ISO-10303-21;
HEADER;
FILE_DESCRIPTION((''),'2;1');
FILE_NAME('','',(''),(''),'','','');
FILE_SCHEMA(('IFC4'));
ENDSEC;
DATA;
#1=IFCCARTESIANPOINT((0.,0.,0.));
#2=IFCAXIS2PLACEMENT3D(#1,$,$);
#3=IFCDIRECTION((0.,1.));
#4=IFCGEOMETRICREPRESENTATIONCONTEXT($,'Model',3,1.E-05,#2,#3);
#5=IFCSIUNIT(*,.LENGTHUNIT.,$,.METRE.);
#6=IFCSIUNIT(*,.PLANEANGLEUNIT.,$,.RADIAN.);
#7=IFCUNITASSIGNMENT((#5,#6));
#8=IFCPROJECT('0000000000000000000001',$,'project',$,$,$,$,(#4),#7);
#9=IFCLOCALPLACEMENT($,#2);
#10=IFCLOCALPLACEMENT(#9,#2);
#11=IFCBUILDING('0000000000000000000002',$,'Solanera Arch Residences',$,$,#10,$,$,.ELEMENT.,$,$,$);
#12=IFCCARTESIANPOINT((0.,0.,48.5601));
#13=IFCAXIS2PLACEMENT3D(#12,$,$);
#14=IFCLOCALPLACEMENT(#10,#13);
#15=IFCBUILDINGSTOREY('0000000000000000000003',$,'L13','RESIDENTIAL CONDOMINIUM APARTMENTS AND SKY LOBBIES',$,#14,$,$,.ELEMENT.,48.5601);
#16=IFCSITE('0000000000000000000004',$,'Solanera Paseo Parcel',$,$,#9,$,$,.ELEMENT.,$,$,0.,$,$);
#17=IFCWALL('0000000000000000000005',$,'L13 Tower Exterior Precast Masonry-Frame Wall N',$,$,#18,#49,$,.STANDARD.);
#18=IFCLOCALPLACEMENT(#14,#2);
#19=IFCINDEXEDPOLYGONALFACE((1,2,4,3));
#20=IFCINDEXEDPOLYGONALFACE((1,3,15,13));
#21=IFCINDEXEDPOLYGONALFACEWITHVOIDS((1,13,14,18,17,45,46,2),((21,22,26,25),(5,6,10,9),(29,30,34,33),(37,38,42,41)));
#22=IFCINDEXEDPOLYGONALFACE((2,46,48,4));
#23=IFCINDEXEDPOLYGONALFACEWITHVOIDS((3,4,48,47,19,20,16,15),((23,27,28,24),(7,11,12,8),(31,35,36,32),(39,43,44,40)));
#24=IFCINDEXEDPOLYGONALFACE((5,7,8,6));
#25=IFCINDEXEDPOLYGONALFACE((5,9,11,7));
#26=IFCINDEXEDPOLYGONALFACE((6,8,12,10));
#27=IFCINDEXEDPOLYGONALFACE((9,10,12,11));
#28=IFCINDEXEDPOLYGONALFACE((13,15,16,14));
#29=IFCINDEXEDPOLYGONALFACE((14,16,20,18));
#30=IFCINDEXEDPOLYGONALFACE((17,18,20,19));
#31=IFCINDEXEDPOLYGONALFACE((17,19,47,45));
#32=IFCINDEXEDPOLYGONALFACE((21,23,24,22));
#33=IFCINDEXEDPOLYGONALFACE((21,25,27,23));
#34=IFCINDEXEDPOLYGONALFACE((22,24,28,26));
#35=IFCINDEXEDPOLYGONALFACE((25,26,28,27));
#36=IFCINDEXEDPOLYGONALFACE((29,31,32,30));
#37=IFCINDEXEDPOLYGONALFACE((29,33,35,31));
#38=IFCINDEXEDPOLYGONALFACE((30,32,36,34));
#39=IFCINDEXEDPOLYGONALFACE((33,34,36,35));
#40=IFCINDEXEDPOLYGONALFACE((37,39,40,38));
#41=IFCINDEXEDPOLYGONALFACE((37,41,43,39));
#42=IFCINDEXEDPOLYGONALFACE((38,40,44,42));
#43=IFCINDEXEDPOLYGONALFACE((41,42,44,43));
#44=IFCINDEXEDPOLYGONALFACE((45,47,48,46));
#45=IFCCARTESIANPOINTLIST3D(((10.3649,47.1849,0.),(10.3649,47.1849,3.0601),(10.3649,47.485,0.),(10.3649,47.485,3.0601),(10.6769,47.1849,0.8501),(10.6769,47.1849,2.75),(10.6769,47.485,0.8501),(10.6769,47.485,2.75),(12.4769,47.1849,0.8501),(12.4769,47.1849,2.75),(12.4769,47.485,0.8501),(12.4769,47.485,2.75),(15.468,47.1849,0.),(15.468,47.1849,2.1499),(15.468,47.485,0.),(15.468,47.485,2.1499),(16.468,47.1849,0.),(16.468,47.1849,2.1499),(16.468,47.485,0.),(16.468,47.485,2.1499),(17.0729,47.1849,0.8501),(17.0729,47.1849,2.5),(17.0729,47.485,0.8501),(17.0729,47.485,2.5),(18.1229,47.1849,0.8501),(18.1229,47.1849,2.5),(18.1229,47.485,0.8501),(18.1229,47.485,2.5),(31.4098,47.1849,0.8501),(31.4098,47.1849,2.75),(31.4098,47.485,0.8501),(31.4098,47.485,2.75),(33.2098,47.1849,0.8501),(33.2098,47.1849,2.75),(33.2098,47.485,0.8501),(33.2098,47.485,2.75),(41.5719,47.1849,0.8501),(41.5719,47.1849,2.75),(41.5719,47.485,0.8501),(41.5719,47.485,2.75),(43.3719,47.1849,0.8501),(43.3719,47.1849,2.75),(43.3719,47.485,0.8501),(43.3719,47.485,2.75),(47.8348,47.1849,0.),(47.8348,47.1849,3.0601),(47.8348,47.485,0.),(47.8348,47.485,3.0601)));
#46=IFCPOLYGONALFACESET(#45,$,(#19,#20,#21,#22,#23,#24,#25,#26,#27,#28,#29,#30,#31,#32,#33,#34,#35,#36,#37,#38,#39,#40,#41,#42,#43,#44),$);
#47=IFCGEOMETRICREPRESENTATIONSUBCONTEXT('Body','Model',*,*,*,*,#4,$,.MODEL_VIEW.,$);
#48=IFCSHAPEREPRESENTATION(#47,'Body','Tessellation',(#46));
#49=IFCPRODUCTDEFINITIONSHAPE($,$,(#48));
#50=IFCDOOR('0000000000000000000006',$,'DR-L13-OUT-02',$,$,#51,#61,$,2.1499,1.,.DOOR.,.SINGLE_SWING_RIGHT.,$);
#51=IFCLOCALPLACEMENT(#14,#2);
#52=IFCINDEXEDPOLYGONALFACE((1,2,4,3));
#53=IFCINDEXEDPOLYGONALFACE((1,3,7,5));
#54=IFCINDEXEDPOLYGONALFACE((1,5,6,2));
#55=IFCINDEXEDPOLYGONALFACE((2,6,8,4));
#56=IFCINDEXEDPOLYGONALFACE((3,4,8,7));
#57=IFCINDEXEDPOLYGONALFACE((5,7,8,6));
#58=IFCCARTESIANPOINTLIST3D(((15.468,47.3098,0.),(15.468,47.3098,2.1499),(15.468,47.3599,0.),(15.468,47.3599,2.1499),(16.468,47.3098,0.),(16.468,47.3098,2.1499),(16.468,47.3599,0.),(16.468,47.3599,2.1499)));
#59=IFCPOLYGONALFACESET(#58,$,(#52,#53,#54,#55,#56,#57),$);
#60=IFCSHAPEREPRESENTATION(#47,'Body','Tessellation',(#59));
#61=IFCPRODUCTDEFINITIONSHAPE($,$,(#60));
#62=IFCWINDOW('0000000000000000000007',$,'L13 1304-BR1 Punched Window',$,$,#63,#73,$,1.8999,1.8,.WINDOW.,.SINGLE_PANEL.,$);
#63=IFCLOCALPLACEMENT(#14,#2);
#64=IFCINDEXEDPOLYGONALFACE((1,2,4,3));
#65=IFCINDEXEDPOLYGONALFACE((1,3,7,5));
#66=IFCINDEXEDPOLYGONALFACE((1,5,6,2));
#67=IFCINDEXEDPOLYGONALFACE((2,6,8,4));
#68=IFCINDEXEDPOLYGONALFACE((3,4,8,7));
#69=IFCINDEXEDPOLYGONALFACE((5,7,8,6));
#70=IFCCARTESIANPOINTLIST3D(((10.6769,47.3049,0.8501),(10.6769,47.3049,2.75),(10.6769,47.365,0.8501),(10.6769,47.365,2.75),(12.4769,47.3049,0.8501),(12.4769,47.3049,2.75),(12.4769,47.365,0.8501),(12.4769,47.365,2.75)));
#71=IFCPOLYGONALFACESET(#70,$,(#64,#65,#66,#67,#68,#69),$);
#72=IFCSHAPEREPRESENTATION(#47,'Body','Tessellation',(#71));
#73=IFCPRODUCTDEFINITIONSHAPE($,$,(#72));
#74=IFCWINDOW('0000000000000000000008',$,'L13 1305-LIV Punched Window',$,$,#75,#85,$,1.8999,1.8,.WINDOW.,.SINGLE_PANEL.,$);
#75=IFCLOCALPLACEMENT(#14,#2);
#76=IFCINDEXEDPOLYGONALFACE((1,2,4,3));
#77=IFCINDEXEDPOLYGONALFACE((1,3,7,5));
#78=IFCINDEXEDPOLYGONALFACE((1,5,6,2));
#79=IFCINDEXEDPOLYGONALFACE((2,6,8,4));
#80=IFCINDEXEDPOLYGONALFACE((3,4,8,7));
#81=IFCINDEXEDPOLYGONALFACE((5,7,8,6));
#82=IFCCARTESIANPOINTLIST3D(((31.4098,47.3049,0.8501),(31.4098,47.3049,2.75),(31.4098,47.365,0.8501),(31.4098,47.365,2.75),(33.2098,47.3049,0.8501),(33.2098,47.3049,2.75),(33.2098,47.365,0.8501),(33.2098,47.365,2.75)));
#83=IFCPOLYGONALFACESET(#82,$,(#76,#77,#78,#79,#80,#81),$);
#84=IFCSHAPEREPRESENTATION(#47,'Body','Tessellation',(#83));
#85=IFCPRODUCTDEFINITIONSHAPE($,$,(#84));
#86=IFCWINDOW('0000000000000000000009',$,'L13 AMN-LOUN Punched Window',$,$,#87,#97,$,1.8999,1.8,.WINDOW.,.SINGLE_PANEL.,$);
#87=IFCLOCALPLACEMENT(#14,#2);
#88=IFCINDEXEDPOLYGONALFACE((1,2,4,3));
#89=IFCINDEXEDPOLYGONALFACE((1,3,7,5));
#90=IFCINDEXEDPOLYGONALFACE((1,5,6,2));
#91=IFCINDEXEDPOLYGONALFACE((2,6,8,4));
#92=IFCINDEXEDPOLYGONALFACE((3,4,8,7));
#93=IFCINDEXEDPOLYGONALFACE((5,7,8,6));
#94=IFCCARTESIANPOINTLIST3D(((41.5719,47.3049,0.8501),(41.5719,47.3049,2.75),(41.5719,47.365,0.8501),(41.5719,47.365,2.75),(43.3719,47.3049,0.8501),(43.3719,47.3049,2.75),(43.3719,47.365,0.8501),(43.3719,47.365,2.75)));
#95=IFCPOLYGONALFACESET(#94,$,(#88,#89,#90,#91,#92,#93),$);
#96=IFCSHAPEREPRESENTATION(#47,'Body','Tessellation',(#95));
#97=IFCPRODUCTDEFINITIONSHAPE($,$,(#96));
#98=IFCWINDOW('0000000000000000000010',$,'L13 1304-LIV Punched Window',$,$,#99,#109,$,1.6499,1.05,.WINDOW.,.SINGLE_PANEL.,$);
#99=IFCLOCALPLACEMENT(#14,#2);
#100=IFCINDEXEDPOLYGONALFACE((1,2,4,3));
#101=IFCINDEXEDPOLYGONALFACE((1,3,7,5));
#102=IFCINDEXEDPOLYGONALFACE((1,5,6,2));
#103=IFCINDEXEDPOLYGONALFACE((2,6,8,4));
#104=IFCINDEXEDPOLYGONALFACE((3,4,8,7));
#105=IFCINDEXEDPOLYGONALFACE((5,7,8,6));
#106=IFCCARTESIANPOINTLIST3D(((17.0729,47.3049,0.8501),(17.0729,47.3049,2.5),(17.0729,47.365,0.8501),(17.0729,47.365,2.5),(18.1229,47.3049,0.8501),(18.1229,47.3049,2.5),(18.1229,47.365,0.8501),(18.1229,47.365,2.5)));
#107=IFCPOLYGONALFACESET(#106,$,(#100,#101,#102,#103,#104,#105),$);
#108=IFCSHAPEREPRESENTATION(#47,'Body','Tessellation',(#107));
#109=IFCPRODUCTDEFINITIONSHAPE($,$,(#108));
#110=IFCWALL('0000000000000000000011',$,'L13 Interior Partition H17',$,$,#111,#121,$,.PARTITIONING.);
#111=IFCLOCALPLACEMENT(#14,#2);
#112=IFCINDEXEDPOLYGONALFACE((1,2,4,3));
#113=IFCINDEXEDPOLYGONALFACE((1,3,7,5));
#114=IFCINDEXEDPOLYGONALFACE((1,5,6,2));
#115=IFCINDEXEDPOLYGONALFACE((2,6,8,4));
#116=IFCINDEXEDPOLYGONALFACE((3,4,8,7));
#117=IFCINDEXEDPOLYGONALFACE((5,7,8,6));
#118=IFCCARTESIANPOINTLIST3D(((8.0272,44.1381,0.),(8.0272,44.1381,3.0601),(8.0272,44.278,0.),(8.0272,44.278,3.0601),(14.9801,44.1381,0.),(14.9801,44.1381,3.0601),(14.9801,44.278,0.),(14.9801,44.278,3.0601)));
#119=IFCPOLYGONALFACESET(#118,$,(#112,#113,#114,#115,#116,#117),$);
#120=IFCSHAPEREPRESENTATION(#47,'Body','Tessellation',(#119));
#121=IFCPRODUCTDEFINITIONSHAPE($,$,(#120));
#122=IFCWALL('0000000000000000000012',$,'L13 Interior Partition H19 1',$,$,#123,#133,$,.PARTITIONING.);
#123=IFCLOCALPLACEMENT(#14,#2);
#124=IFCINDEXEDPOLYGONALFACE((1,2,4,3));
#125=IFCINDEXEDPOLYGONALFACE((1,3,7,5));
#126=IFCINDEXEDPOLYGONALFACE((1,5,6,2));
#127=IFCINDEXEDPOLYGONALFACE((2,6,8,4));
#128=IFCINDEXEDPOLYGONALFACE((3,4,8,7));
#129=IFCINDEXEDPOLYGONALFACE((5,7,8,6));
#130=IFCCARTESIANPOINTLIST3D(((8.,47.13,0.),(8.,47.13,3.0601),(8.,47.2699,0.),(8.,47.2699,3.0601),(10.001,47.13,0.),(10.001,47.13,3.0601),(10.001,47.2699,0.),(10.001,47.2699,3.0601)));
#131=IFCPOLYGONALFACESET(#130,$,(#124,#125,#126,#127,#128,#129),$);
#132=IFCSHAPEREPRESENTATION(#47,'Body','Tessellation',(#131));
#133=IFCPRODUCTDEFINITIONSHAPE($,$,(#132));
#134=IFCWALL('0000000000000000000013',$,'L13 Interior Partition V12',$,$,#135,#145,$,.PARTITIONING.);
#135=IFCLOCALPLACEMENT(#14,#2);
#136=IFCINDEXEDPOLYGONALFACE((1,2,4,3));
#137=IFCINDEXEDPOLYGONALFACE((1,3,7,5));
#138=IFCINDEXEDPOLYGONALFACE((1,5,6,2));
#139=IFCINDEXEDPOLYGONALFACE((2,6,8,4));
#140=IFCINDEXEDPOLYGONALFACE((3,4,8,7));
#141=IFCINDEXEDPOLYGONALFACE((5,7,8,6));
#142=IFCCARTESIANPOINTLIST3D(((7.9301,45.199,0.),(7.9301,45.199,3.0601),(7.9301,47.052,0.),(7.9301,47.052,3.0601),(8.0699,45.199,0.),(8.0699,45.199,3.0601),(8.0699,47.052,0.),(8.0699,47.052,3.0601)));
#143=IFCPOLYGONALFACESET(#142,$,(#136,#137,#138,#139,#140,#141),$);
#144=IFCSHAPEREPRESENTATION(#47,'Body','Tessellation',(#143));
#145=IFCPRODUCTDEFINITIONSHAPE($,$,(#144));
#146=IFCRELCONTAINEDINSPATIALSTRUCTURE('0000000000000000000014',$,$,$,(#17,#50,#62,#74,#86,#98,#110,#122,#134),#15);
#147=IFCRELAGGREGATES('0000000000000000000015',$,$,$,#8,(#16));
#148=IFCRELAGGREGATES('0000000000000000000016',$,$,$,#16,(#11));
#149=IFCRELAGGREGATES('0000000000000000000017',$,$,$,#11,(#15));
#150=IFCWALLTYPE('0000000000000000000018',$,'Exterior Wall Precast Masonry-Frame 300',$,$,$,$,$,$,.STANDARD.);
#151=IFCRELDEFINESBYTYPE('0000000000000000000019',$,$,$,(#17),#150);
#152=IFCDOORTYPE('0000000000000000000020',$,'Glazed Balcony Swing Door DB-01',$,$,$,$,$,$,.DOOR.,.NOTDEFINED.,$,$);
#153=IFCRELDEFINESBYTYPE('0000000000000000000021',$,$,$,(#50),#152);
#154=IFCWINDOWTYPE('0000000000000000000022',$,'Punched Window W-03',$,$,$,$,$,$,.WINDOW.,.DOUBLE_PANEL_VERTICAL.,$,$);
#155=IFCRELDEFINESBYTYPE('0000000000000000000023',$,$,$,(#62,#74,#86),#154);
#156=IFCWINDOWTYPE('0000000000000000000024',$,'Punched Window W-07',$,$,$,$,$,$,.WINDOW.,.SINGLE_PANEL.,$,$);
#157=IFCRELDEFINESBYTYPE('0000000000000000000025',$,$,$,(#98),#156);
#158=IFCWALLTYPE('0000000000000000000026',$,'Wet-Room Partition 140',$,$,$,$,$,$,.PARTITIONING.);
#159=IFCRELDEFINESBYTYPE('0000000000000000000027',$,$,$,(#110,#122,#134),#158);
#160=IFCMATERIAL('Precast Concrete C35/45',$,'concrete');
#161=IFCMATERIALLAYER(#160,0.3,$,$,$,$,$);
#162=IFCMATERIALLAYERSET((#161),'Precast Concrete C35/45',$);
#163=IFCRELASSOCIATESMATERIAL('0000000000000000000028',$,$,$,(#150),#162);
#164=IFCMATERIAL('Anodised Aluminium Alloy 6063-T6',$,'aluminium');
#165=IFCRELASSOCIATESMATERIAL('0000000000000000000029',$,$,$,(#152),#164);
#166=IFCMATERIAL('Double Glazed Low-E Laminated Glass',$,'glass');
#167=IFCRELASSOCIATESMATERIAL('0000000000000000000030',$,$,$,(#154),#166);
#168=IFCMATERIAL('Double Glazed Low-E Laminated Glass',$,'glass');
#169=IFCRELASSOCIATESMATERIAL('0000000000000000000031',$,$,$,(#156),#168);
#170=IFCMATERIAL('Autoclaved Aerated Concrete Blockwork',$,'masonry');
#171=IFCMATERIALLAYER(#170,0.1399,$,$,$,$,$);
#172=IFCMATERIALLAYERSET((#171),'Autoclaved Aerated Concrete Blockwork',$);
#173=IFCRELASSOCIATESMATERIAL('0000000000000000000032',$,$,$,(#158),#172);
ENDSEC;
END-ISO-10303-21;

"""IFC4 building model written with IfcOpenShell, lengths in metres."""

from ifc_helpers import new_model, si_unit, direction, frame, frame_2d, origin, place, context, subcontext, project, spatial, rectangle, extrude, material, layer, layer_set, type_object, element, fill, save


model = new_model("IFC4")

# Units and contexts
model_context = context("Model", 3, precision=1e-05, world=origin(), true_north=direction((0.0, 1.0)))
body_context = subcontext(model_context, "Body", "Model", "MODEL_VIEW")
ifc_project = project(units=[si_unit("LENGTHUNIT", "METRE"), si_unit("PLANEANGLEUNIT", "RADIAN")], contexts=[model_context])

# Site, building, storey
site_placement = place(None, origin())
site = spatial("IfcSite", under=ifc_project, at=site_placement, Name="Solanera Paseo Parcel", CompositionType="ELEMENT", RefElevation=0.0)
building_placement = place(site_placement, origin())
building = spatial("IfcBuilding", under=site, at=building_placement, Name="Solanera Arch Residences", CompositionType="ELEMENT")
storey_placement = place(building_placement, frame((0.0, 0.0, 48.5601)))
storey = spatial("IfcBuildingStorey", under=building, at=storey_placement, Name="L13", Description="RESIDENTIAL CONDOMINIUM APARTMENTS AND SKY LOBBIES", CompositionType="ELEMENT", Elevation=48.5601)

# Shared definitions
ifc_material_1 = material(Name="Precast Concrete C35/45", Category="concrete")
ifc_layer_1 = layer(ifc_material_1, 0.3)
ifc_layer_set_1 = layer_set([ifc_layer_1], Name="Precast Concrete C35/45")
wall_type_1 = type_object("IfcWallType", Name="Exterior Wall Precast Masonry-Frame 300", PredefinedType="STANDARD", material=ifc_layer_set_1)

# Wall, openings, door, windows
wall_1_placement = place(storey_placement, frame((10.365, 47.335, 0.0), z_axis=(0.0, 0.0, 1.0), x_axis=(1.0, 0.0, 0.0)))
wall_1 = element("IfcWall", 1, at=wall_1_placement, inside=storey, type_object=wall_type_1, Name="L13 Tower Exterior Precast Masonry-Frame Wall N", PredefinedType="STANDARD", context=body_context, shape_type="SweptSolid", body=[
    extrude(rectangle(XDim=37.47, YDim=0.3, at=frame_2d((18.7349, 0.0))), origin(), (0.0, 0.0, 1.0), 3.0601),
])
opening_1_placement = place(wall_1_placement, frame((5.103, 0.0, 0.0)))
opening_1 = element("IfcOpeningElement", 2, at=opening_1_placement, cuts=wall_1, PredefinedType="OPENING", context=body_context, shape_type="SweptSolid", body=[
    extrude(rectangle(XDim=1.0, YDim=2.1499, at=frame_2d((0.5, 1.075))), frame((0.0, 0.1599, 0.0), z_axis=(0.0, -1.0, 0.0), x_axis=(1.0, 0.0, 0.0)), (0.0, 0.0, 1.0), 0.32),
])
opening_2_placement = place(wall_1_placement, frame((6.708, 0.0, 0.8501)))
opening_2 = element("IfcOpeningElement", 3, at=opening_2_placement, cuts=wall_1, PredefinedType="OPENING", context=body_context, shape_type="SweptSolid", body=[
    extrude(rectangle(XDim=1.05, YDim=1.6499, at=frame_2d((0.5249, 0.825))), frame((0.0, 0.1599, 0.0), z_axis=(0.0, -1.0, 0.0), x_axis=(1.0, 0.0, 0.0)), (0.0, 0.0, 1.0), 0.32),
])
opening_3_placement = place(wall_1_placement, frame((0.312, 0.0, 0.8501)))
opening_3 = element("IfcOpeningElement", 4, at=opening_3_placement, cuts=wall_1, PredefinedType="OPENING", context=body_context, shape_type="SweptSolid", body=[
    extrude(rectangle(XDim=1.8, YDim=1.8999, at=frame_2d((0.8999, 0.95))), frame((0.0, 0.1599, 0.0), z_axis=(0.0, -1.0, 0.0), x_axis=(1.0, 0.0, 0.0)), (0.0, 0.0, 1.0), 0.32),
])
opening_4_placement = place(wall_1_placement, frame((21.0449, 0.0, 0.8501)))
opening_4 = element("IfcOpeningElement", 5, at=opening_4_placement, cuts=wall_1, PredefinedType="OPENING", context=body_context, shape_type="SweptSolid", body=[
    extrude(rectangle(XDim=1.8, YDim=1.8999, at=frame_2d((0.8999, 0.95))), frame((0.0, 0.1599, 0.0), z_axis=(0.0, -1.0, 0.0), x_axis=(1.0, 0.0, 0.0)), (0.0, 0.0, 1.0), 0.32),
])
opening_5_placement = place(wall_1_placement, frame((31.207, 0.0, 0.8501)))
opening_5 = element("IfcOpeningElement", 6, at=opening_5_placement, cuts=wall_1, PredefinedType="OPENING", context=body_context, shape_type="SweptSolid", body=[
    extrude(rectangle(XDim=1.8, YDim=1.8999, at=frame_2d((0.8999, 0.95))), frame((0.0, 0.1599, 0.0), z_axis=(0.0, -1.0, 0.0), x_axis=(1.0, 0.0, 0.0)), (0.0, 0.0, 1.0), 0.32),
])
ifc_material_2 = material(Name="Anodised Aluminium Alloy 6063-T6", Category="aluminium")
door_type_1 = type_object("IfcDoorType", Name="Glazed Balcony Swing Door DB-01", OperationType="NOTDEFINED", PredefinedType="DOOR", material=ifc_material_2)
door_1_placement = place(opening_1_placement, origin())
door_1 = element("IfcDoor", 7, at=door_1_placement, inside=storey, type_object=door_type_1, Name="DR-L13-OUT-02", OperationType="SINGLE_SWING_RIGHT", OverallHeight=2.1499, OverallWidth=1.0, PredefinedType="DOOR", context=body_context, shape_type="SweptSolid", body=[
    extrude(rectangle(XDim=1.0, YDim=2.1499, at=frame_2d((0.5, 1.075))), frame((0.0, 0.0249, 0.0), z_axis=(0.0, -1.0, 0.0), x_axis=(1.0, 0.0, 0.0)), (0.0, 0.0, 1.0), 0.05),
])
fill(opening_1, door_1)
ifc_material_3 = material(Name="Double Glazed Low-E Laminated Glass", Category="glass")
window_type_1 = type_object("IfcWindowType", Name="Punched Window W-03", PartitioningType="DOUBLE_PANEL_VERTICAL", PredefinedType="WINDOW", material=ifc_material_3)
window_1_placement = place(opening_3_placement, origin())
window_1 = element("IfcWindow", 8, at=window_1_placement, inside=storey, type_object=window_type_1, Name="L13 1304-BR1 Punched Window", OverallHeight=1.8999, OverallWidth=1.8, PartitioningType="SINGLE_PANEL", PredefinedType="WINDOW", context=body_context, shape_type="SweptSolid", body=[
    extrude(rectangle(XDim=1.8, YDim=1.8999, at=frame_2d((0.8999, 0.95))), frame((0.0, 0.03, 0.0), z_axis=(0.0, -1.0, 0.0), x_axis=(1.0, 0.0, 0.0)), (0.0, 0.0, 1.0), 0.0601),
])
fill(opening_3, window_1)
window_2_placement = place(opening_4_placement, origin())
window_2 = element("IfcWindow", 9, at=window_2_placement, inside=storey, type_object=window_type_1, Name="L13 1305-LIV Punched Window", OverallHeight=1.8999, OverallWidth=1.8, PartitioningType="SINGLE_PANEL", PredefinedType="WINDOW", context=body_context, shape_type="SweptSolid", body=[
    extrude(rectangle(XDim=1.8, YDim=1.8999, at=frame_2d((0.8999, 0.95))), frame((0.0, 0.03, 0.0), z_axis=(0.0, -1.0, 0.0), x_axis=(1.0, 0.0, 0.0)), (0.0, 0.0, 1.0), 0.0601),
])
fill(opening_4, window_2)
window_3_placement = place(opening_5_placement, origin())
window_3 = element("IfcWindow", 10, at=window_3_placement, inside=storey, type_object=window_type_1, Name="L13 AMN-LOUN Punched Window", OverallHeight=1.8999, OverallWidth=1.8, PartitioningType="SINGLE_PANEL", PredefinedType="WINDOW", context=body_context, shape_type="SweptSolid", body=[
    extrude(rectangle(XDim=1.8, YDim=1.8999, at=frame_2d((0.8999, 0.95))), frame((0.0, 0.03, 0.0), z_axis=(0.0, -1.0, 0.0), x_axis=(1.0, 0.0, 0.0)), (0.0, 0.0, 1.0), 0.0601),
])
fill(opening_5, window_3)
ifc_material_4 = material(Name="Double Glazed Low-E Laminated Glass", Category="glass")
window_type_2 = type_object("IfcWindowType", Name="Punched Window W-07", PartitioningType="SINGLE_PANEL", PredefinedType="WINDOW", material=ifc_material_4)
window_4_placement = place(opening_2_placement, origin())
window_4 = element("IfcWindow", 11, at=window_4_placement, inside=storey, type_object=window_type_2, Name="L13 1304-LIV Punched Window", OverallHeight=1.6499, OverallWidth=1.05, PartitioningType="SINGLE_PANEL", PredefinedType="WINDOW", context=body_context, shape_type="SweptSolid", body=[
    extrude(rectangle(XDim=1.05, YDim=1.6499, at=frame_2d((0.5249, 0.825))), frame((0.0, 0.03, 0.0), z_axis=(0.0, -1.0, 0.0), x_axis=(1.0, 0.0, 0.0)), (0.0, 0.0, 1.0), 0.0601),
])
fill(opening_2, window_4)

# Walls
ifc_material_5 = material(Name="Autoclaved Aerated Concrete Blockwork", Category="masonry")
ifc_layer_2 = layer(ifc_material_5, 0.1399)
ifc_layer_set_2 = layer_set([ifc_layer_2], Name="Autoclaved Aerated Concrete Blockwork")
wall_type_2 = type_object("IfcWallType", Name="Wet-Room Partition 140", PredefinedType="PARTITIONING", material=ifc_layer_set_2)
wall_2_placement = place(storey_placement, frame((8.0271, 44.208, 0.0), z_axis=(0.0, 0.0, 1.0), x_axis=(1.0, 0.0, 0.0)))
element("IfcWall", 12, at=wall_2_placement, inside=storey, type_object=wall_type_2, Name="L13 Interior Partition H17", PredefinedType="PARTITIONING", context=body_context, shape_type="SweptSolid", body=[
    extrude(rectangle(XDim=6.9529, YDim=0.1399, at=frame_2d((3.4766, 0.0))), origin(), (0.0, 0.0, 1.0), 3.0601),
])
wall_3_placement = place(storey_placement, frame((8.0, 47.2, 0.0), z_axis=(0.0, 0.0, 1.0), x_axis=(1.0, 0.0, 0.0)))
element("IfcWall", 13, at=wall_3_placement, inside=storey, type_object=wall_type_2, Name="L13 Interior Partition H19 1", PredefinedType="PARTITIONING", context=body_context, shape_type="SweptSolid", body=[
    extrude(rectangle(XDim=2.001, YDim=0.1399, at=frame_2d((1.0005, 0.0))), origin(), (0.0, 0.0, 1.0), 3.0601),
])
wall_4_placement = place(storey_placement, frame((8.0, 45.199, 0.0), z_axis=(0.0, 0.0, 1.0), x_axis=(0.0, 1.0, 0.0)))
element("IfcWall", 14, at=wall_4_placement, inside=storey, type_object=wall_type_2, Name="L13 Interior Partition V12", PredefinedType="PARTITIONING", context=body_context, shape_type="SweptSolid", body=[
    extrude(rectangle(XDim=1.853, YDim=0.1399, at=frame_2d((0.9265, 0.0))), origin(), (0.0, 0.0, 1.0), 3.0601),
])

save(model, "model.ifc")
